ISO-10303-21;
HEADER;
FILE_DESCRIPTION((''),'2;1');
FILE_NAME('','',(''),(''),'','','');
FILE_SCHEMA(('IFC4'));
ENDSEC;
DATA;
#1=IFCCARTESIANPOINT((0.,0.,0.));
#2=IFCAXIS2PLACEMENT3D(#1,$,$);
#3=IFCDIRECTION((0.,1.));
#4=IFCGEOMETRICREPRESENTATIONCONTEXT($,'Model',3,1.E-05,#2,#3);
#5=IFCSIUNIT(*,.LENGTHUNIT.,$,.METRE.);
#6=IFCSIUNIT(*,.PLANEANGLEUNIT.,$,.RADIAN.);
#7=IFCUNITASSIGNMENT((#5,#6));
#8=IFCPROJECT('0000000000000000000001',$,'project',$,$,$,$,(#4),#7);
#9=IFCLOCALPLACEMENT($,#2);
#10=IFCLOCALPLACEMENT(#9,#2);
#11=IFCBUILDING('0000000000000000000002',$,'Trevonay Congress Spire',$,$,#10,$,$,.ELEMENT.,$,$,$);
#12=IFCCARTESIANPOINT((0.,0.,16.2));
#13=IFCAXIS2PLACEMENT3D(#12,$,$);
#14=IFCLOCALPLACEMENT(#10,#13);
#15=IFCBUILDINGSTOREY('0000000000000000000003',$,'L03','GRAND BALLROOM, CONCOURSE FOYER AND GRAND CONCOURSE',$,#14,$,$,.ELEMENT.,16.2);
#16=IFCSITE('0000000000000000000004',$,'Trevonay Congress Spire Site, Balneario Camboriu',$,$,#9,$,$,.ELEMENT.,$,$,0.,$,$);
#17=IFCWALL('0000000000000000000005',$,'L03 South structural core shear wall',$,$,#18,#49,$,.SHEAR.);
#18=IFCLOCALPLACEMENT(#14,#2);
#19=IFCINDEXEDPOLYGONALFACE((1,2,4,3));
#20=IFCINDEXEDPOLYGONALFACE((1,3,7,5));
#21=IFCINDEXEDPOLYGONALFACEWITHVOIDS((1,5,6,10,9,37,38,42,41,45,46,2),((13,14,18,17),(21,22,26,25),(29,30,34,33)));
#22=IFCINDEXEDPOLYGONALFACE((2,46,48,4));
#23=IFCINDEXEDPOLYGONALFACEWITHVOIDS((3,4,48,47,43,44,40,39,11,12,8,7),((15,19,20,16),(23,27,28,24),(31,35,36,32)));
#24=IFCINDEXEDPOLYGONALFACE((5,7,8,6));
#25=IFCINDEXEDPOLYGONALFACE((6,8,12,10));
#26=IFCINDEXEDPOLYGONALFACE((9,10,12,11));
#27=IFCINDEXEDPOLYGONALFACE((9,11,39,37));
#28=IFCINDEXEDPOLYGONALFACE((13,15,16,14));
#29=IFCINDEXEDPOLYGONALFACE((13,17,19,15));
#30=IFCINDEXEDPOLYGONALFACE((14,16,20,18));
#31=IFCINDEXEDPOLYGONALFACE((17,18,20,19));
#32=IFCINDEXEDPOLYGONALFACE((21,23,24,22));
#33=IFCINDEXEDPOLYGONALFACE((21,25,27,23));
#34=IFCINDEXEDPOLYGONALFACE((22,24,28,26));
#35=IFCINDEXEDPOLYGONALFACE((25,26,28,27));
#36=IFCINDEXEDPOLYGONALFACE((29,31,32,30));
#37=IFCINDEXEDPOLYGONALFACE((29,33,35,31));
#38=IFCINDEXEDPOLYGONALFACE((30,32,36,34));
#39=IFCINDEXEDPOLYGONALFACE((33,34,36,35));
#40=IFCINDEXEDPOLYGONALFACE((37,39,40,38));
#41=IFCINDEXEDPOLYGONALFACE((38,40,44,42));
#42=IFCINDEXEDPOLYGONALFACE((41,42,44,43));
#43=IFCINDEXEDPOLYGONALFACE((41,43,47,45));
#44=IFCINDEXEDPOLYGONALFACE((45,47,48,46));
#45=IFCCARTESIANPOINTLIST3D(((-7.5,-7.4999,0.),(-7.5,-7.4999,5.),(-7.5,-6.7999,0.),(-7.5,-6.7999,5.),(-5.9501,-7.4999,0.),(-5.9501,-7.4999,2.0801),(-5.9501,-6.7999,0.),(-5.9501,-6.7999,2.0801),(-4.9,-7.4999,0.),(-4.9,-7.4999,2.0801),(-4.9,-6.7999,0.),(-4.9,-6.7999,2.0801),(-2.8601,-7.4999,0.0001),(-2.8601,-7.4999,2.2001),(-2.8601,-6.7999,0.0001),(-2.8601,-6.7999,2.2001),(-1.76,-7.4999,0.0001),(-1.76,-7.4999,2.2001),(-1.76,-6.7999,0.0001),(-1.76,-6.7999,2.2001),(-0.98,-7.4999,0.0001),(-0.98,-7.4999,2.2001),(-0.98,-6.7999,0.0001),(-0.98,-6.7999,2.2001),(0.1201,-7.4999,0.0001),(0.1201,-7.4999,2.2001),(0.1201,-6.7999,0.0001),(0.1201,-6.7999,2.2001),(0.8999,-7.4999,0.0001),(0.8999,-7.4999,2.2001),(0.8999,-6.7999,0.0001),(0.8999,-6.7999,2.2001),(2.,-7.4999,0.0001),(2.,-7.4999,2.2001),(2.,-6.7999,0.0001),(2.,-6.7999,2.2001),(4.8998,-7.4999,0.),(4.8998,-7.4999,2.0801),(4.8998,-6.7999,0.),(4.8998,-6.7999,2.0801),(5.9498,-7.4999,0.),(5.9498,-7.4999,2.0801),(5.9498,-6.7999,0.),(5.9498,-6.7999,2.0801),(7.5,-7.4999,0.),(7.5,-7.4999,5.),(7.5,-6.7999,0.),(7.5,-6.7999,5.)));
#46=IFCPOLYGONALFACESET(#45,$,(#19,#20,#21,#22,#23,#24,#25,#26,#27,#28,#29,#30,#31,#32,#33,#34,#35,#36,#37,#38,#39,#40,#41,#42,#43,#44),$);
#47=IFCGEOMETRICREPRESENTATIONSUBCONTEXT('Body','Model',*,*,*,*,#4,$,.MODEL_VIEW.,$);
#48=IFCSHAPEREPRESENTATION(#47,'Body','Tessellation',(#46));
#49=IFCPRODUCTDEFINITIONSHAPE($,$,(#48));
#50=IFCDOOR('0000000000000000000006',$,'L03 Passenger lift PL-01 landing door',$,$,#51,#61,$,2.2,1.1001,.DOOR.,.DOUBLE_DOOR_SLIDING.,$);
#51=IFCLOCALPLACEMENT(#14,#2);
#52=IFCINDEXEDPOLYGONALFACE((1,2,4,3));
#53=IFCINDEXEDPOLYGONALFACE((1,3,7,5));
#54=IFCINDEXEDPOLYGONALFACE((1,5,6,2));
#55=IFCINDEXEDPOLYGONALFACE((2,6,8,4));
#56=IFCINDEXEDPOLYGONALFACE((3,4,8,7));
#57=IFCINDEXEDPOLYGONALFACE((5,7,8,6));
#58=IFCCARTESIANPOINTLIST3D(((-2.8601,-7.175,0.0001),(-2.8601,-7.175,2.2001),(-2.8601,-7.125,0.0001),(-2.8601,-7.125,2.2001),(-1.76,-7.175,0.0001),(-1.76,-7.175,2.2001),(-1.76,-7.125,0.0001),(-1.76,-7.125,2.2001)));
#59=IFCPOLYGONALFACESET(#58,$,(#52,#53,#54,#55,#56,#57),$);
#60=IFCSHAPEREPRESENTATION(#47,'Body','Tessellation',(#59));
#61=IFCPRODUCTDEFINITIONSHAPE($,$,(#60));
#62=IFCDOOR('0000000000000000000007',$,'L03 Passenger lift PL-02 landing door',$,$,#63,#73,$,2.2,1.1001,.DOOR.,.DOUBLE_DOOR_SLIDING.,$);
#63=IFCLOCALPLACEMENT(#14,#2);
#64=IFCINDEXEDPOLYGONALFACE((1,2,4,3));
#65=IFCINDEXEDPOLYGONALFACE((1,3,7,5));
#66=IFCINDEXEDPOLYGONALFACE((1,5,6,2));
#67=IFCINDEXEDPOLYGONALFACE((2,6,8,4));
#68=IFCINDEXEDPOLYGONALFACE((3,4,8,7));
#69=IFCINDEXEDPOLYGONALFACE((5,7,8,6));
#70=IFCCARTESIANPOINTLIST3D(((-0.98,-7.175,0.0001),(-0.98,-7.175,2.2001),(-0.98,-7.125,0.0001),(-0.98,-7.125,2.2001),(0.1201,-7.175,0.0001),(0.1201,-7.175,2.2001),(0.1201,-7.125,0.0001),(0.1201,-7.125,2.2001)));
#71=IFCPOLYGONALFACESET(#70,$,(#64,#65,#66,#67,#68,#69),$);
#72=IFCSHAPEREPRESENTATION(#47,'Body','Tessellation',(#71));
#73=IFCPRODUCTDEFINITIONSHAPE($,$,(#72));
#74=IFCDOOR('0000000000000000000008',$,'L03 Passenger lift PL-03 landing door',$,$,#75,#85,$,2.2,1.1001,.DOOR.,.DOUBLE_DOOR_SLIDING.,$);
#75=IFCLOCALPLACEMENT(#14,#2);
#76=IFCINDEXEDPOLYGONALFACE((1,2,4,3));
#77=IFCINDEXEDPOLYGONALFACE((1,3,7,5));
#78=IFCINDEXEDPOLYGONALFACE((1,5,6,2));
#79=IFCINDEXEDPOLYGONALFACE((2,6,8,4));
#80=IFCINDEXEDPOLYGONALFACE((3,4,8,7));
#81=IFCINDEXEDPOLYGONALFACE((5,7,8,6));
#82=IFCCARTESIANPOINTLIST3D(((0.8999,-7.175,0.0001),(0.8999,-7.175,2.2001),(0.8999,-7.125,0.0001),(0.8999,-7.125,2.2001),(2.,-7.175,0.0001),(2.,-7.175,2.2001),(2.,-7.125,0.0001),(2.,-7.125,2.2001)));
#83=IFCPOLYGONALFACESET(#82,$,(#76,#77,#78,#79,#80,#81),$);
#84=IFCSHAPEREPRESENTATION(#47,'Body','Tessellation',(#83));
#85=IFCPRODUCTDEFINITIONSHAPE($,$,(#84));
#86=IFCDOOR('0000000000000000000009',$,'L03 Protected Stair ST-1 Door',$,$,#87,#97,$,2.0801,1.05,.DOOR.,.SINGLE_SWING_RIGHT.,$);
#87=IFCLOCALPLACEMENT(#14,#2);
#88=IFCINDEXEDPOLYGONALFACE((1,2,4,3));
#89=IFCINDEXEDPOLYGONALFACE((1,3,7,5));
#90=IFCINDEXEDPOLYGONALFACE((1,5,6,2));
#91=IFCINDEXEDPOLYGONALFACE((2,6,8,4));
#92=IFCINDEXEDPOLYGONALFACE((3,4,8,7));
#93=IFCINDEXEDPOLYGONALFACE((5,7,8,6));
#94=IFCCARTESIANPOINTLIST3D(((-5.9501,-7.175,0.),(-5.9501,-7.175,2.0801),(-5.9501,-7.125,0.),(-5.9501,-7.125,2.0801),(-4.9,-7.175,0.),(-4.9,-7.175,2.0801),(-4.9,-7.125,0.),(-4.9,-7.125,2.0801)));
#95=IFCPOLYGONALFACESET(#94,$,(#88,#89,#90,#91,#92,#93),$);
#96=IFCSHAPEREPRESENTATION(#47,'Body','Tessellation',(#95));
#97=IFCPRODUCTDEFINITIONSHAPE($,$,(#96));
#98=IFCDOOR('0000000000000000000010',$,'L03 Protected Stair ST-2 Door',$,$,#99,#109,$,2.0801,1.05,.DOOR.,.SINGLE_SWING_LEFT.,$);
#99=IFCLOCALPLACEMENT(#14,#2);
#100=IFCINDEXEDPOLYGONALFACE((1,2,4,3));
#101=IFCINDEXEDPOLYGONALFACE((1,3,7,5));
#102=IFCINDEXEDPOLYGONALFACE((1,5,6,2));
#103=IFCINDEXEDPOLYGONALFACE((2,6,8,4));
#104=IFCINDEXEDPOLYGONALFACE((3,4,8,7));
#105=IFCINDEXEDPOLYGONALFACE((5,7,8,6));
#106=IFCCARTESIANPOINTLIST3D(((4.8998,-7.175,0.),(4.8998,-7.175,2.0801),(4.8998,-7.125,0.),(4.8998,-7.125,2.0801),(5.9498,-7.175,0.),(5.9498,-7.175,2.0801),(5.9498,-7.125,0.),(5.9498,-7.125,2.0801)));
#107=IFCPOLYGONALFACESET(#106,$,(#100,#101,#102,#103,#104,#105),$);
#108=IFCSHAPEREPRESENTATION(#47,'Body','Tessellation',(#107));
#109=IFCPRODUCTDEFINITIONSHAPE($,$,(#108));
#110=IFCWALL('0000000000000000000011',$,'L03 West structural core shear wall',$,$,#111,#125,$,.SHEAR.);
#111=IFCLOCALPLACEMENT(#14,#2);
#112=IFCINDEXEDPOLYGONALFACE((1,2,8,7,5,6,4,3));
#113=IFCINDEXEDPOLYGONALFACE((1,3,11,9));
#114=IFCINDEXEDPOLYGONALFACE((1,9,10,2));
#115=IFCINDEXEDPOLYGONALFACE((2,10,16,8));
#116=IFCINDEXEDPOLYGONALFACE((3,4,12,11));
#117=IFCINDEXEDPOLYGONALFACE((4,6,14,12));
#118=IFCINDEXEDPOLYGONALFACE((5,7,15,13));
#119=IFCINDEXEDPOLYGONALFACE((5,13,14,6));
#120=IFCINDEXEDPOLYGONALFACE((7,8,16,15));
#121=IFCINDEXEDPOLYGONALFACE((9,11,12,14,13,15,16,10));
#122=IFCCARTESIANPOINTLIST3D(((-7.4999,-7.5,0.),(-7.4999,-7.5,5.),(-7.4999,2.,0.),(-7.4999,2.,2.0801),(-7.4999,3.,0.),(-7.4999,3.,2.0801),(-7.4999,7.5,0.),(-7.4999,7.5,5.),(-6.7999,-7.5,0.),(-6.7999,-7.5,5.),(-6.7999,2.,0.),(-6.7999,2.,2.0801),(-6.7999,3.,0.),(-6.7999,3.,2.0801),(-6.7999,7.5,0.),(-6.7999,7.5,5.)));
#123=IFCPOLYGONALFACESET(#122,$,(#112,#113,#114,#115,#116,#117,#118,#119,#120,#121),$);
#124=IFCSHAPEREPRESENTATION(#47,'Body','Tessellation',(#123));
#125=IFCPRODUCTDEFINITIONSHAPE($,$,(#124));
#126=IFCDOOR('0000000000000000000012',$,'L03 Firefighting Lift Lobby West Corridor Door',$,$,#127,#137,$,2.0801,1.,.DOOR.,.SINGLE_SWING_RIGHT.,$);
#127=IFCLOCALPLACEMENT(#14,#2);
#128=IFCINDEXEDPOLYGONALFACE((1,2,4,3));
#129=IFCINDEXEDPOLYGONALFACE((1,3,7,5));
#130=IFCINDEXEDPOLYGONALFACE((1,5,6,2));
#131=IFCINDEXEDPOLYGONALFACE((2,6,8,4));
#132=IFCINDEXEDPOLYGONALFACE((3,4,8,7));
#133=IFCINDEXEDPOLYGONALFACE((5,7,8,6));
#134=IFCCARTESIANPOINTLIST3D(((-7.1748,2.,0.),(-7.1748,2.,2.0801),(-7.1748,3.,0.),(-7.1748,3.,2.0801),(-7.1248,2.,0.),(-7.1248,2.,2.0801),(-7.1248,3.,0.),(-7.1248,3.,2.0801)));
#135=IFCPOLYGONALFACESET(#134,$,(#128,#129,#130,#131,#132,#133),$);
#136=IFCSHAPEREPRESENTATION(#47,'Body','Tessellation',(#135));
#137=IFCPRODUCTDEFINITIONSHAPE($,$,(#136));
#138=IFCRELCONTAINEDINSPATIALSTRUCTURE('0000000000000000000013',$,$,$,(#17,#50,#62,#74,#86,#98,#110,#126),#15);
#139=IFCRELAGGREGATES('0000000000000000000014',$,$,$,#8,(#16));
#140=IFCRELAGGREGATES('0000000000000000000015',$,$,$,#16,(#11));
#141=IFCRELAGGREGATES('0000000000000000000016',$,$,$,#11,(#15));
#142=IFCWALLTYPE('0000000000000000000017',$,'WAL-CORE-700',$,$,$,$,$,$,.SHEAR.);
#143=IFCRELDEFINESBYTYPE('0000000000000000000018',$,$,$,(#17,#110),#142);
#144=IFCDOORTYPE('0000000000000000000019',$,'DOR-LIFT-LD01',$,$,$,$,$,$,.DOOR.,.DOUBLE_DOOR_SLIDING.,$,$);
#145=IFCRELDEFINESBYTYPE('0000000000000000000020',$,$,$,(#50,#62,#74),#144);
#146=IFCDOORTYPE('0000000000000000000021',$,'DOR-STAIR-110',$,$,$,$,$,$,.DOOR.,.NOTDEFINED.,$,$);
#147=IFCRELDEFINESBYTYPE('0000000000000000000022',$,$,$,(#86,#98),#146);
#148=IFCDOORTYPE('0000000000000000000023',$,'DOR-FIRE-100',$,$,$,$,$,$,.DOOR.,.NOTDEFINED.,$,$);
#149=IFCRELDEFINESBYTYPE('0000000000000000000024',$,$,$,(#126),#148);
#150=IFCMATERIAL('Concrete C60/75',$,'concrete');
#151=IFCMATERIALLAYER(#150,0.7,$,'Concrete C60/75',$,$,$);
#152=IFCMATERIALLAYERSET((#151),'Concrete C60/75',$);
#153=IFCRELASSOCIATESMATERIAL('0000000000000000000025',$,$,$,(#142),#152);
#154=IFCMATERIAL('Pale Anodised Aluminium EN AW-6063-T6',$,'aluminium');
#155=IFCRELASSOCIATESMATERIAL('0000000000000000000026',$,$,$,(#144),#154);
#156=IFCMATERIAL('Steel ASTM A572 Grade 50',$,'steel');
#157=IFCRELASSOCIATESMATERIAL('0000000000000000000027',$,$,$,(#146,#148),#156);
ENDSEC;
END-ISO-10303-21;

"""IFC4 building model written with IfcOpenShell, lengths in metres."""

from ifc_helpers import new_model, si_unit, direction, frame, frame_2d, origin, place, context, subcontext, project, spatial, rectangle, extrude, material, layer, layer_set, type_object, element, fill, save


model = new_model("IFC4")

# Units and contexts
model_context = context("Model", 3, precision=1e-05, world=origin(), true_north=direction((0.0, 1.0)))
body_context = subcontext(model_context, "Body", "Model", "MODEL_VIEW")
ifc_project = project(units=[si_unit("LENGTHUNIT", "METRE"), si_unit("PLANEANGLEUNIT", "RADIAN")], contexts=[model_context])

# Site, building, storey
site_placement = place(None, origin())
site = spatial("IfcSite", under=ifc_project, at=site_placement, Name="Trevonay Congress Spire Site, Balneario Camboriu", CompositionType="ELEMENT", RefElevation=0.0)
building_placement = place(site_placement, origin())
building = spatial("IfcBuilding", under=site, at=building_placement, Name="Trevonay Congress Spire", CompositionType="ELEMENT")
storey_placement = place(building_placement, frame((0.0, 0.0, 16.2)))
storey = spatial("IfcBuildingStorey", under=building, at=storey_placement, Name="L03", Description="GRAND BALLROOM, CONCOURSE FOYER AND GRAND CONCOURSE", CompositionType="ELEMENT", Elevation=16.2)

# Shared definitions
ifc_material_1 = material(Name="Steel ASTM A572 Grade 50", Category="steel")

# Wall, openings, doors
ifc_material_2 = material(Name="Concrete C60/75", Category="concrete")
ifc_layer_1 = layer(ifc_material_2, 0.7, Name="Concrete C60/75")
ifc_layer_set_1 = layer_set([ifc_layer_1], Name="Concrete C60/75")
wall_type_1 = type_object("IfcWallType", Name="WAL-CORE-700", PredefinedType="SHEAR", material=ifc_layer_set_1)
wall_1_placement = place(storey_placement, frame((-7.5, -7.1499, 0.0), z_axis=(0.0, 0.0, 1.0), x_axis=(1.0, 0.0, 0.0)))
wall_1 = element("IfcWall", 1, at=wall_1_placement, inside=storey, type_object=wall_type_1, Name="L03 South structural core shear wall", PredefinedType="SHEAR", context=body_context, shape_type="SweptSolid", body=[
    extrude(rectangle(XDim=15.0, YDim=0.7, at=frame_2d((7.5, 0.0))), origin(), (0.0, 0.0, 1.0), 5.0),
])
opening_1_placement = place(wall_1_placement, frame((1.55, 0.0, 0.0)))
opening_1 = element("IfcOpeningElement", 2, at=opening_1_placement, cuts=wall_1, PredefinedType="OPENING", context=body_context, shape_type="SweptSolid", body=[
    extrude(rectangle(XDim=1.05, YDim=2.0801, at=frame_2d((0.5249, 1.04))), frame((0.0, 0.3599, 0.0), z_axis=(0.0, -1.0, 0.0), x_axis=(1.0, 0.0, 0.0)), (0.0, 0.0, 1.0), 0.72),
])
opening_2_placement = place(wall_1_placement, frame((12.3999, 0.0, 0.0)))
opening_2 = element("IfcOpeningElement", 3, at=opening_2_placement, cuts=wall_1, PredefinedType="OPENING", context=body_context, shape_type="SweptSolid", body=[
    extrude(rectangle(XDim=1.05, YDim=2.0801, at=frame_2d((0.5249, 1.04))), frame((0.0, 0.3599, 0.0), z_axis=(0.0, -1.0, 0.0), x_axis=(1.0, 0.0, 0.0)), (0.0, 0.0, 1.0), 0.72),
])
opening_3_placement = place(wall_1_placement, frame((4.6399, 0.0, 0.0)))
opening_3 = element("IfcOpeningElement", 4, at=opening_3_placement, cuts=wall_1, PredefinedType="OPENING", context=body_context, shape_type="SweptSolid", body=[
    extrude(rectangle(XDim=1.1001, YDim=2.2, at=frame_2d((0.55, 1.1001))), frame((0.0, 0.3599, 0.0), z_axis=(0.0, -1.0, 0.0), x_axis=(1.0, 0.0, 0.0)), (0.0, 0.0, 1.0), 0.72),
])
opening_4_placement = place(wall_1_placement, frame((6.52, 0.0, 0.0)))
opening_4 = element("IfcOpeningElement", 5, at=opening_4_placement, cuts=wall_1, PredefinedType="OPENING", context=body_context, shape_type="SweptSolid", body=[
    extrude(rectangle(XDim=1.1001, YDim=2.2, at=frame_2d((0.55, 1.1001))), frame((0.0, 0.3599, 0.0), z_axis=(0.0, -1.0, 0.0), x_axis=(1.0, 0.0, 0.0)), (0.0, 0.0, 1.0), 0.72),
])
opening_5_placement = place(wall_1_placement, frame((8.3999, 0.0, 0.0)))
opening_5 = element("IfcOpeningElement", 6, at=opening_5_placement, cuts=wall_1, PredefinedType="OPENING", context=body_context, shape_type="SweptSolid", body=[
    extrude(rectangle(XDim=1.1001, YDim=2.2, at=frame_2d((0.55, 1.1001))), frame((0.0, 0.3599, 0.0), z_axis=(0.0, -1.0, 0.0), x_axis=(1.0, 0.0, 0.0)), (0.0, 0.0, 1.0), 0.72),
])
ifc_material_3 = material(Name="Pale Anodised Aluminium EN AW-6063-T6", Category="aluminium")
door_type_1 = type_object("IfcDoorType", Name="DOR-LIFT-LD01", OperationType="DOUBLE_DOOR_SLIDING", PredefinedType="DOOR", material=ifc_material_3)
door_1_placement = place(opening_3_placement, origin())
door_1 = element("IfcDoor", 7, at=door_1_placement, inside=storey, type_object=door_type_1, Name="L03 Passenger lift PL-01 landing door", OperationType="DOUBLE_DOOR_SLIDING", OverallHeight=2.2, OverallWidth=1.1001, PredefinedType="DOOR", context=body_context, shape_type="SweptSolid", body=[
    extrude(rectangle(XDim=1.1001, YDim=2.2, at=frame_2d((0.55, 1.1001))), frame((0.0, 0.0249, 0.0), z_axis=(0.0, -1.0, 0.0), x_axis=(1.0, 0.0, 0.0)), (0.0, 0.0, 1.0), 0.05),
])
fill(opening_3, door_1)
door_2_placement = place(opening_4_placement, origin())
door_2 = element("IfcDoor", 8, at=door_2_placement, inside=storey, type_object=door_type_1, Name="L03 Passenger lift PL-02 landing door", OperationType="DOUBLE_DOOR_SLIDING", OverallHeight=2.2, OverallWidth=1.1001, PredefinedType="DOOR", context=body_context, shape_type="SweptSolid", body=[
    extrude(rectangle(XDim=1.1001, YDim=2.2, at=frame_2d((0.55, 1.1001))), frame((0.0, 0.0249, 0.0), z_axis=(0.0, -1.0, 0.0), x_axis=(1.0, 0.0, 0.0)), (0.0, 0.0, 1.0), 0.05),
])
fill(opening_4, door_2)
door_3_placement = place(opening_5_placement, origin())
door_3 = element("IfcDoor", 9, at=door_3_placement, inside=storey, type_object=door_type_1, Name="L03 Passenger lift PL-03 landing door", OperationType="DOUBLE_DOOR_SLIDING", OverallHeight=2.2, OverallWidth=1.1001, PredefinedType="DOOR", context=body_context, shape_type="SweptSolid", body=[
    extrude(rectangle(XDim=1.1001, YDim=2.2, at=frame_2d((0.55, 1.1001))), frame((0.0, 0.0249, 0.0), z_axis=(0.0, -1.0, 0.0), x_axis=(1.0, 0.0, 0.0)), (0.0, 0.0, 1.0), 0.05),
])
fill(opening_5, door_3)
door_type_2 = type_object("IfcDoorType", Name="DOR-STAIR-110", OperationType="NOTDEFINED", PredefinedType="DOOR", material=ifc_material_1)
door_4_placement = place(opening_1_placement, origin())
door_4 = element("IfcDoor", 10, at=door_4_placement, inside=storey, type_object=door_type_2, Name="L03 Protected Stair ST-1 Door", OperationType="SINGLE_SWING_RIGHT", OverallHeight=2.0801, OverallWidth=1.05, PredefinedType="DOOR", context=body_context, shape_type="SweptSolid", body=[
    extrude(rectangle(XDim=1.05, YDim=2.0801, at=frame_2d((0.5249, 1.04))), frame((0.0, 0.0249, 0.0), z_axis=(0.0, -1.0, 0.0), x_axis=(1.0, 0.0, 0.0)), (0.0, 0.0, 1.0), 0.05),
])
fill(opening_1, door_4)
door_5_placement = place(opening_2_placement, origin())
door_5 = element("IfcDoor", 11, at=door_5_placement, inside=storey, type_object=door_type_2, Name="L03 Protected Stair ST-2 Door", OperationType="SINGLE_SWING_LEFT", OverallHeight=2.0801, OverallWidth=1.05, PredefinedType="DOOR", context=body_context, shape_type="SweptSolid", body=[
    extrude(rectangle(XDim=1.05, YDim=2.0801, at=frame_2d((0.5249, 1.04))), frame((0.0, 0.0249, 0.0), z_axis=(0.0, -1.0, 0.0), x_axis=(1.0, 0.0, 0.0)), (0.0, 0.0, 1.0), 0.05),
])
fill(opening_2, door_5)

# Wall, opening, door
wall_2_placement = place(storey_placement, frame((-7.1499, -7.5, 0.0), z_axis=(0.0, 0.0, 1.0), x_axis=(0.0, 1.0, 0.0)))
wall_2 = element("IfcWall", 12, at=wall_2_placement, inside=storey, type_object=wall_type_1, Name="L03 West structural core shear wall", PredefinedType="SHEAR", context=body_context, shape_type="SweptSolid", body=[
    extrude(rectangle(XDim=15.0, YDim=0.7, at=frame_2d((7.5, 0.0))), origin(), (0.0, 0.0, 1.0), 5.0),
])
opening_6_placement = place(wall_2_placement, frame((9.5, 0.0, 0.0)))
opening_6 = element("IfcOpeningElement", 13, at=opening_6_placement, cuts=wall_2, PredefinedType="OPENING", context=body_context, shape_type="SweptSolid", body=[
    extrude(rectangle(XDim=1.0, YDim=2.0801, at=frame_2d((0.5, 1.04))), frame((0.0, 0.3599, 0.0), z_axis=(0.0, -1.0, 0.0), x_axis=(1.0, 0.0, 0.0)), (0.0, 0.0, 1.0), 0.72),
])
door_type_3 = type_object("IfcDoorType", Name="DOR-FIRE-100", OperationType="NOTDEFINED", PredefinedType="DOOR", material=ifc_material_1)
door_6_placement = place(opening_6_placement, origin())
door_6 = element("IfcDoor", 14, at=door_6_placement, inside=storey, type_object=door_type_3, Name="L03 Firefighting Lift Lobby West Corridor Door", OperationType="SINGLE_SWING_RIGHT", OverallHeight=2.0801, OverallWidth=1.0, PredefinedType="DOOR", context=body_context, shape_type="SweptSolid", body=[
    extrude(rectangle(XDim=1.0, YDim=2.0801, at=frame_2d((0.5, 1.04))), frame((0.0, 0.0249, 0.0), z_axis=(0.0, -1.0, 0.0), x_axis=(1.0, 0.0, 0.0)), (0.0, 0.0, 1.0), 0.05),
])
fill(opening_6, door_6)

save(model, "model.ifc")
